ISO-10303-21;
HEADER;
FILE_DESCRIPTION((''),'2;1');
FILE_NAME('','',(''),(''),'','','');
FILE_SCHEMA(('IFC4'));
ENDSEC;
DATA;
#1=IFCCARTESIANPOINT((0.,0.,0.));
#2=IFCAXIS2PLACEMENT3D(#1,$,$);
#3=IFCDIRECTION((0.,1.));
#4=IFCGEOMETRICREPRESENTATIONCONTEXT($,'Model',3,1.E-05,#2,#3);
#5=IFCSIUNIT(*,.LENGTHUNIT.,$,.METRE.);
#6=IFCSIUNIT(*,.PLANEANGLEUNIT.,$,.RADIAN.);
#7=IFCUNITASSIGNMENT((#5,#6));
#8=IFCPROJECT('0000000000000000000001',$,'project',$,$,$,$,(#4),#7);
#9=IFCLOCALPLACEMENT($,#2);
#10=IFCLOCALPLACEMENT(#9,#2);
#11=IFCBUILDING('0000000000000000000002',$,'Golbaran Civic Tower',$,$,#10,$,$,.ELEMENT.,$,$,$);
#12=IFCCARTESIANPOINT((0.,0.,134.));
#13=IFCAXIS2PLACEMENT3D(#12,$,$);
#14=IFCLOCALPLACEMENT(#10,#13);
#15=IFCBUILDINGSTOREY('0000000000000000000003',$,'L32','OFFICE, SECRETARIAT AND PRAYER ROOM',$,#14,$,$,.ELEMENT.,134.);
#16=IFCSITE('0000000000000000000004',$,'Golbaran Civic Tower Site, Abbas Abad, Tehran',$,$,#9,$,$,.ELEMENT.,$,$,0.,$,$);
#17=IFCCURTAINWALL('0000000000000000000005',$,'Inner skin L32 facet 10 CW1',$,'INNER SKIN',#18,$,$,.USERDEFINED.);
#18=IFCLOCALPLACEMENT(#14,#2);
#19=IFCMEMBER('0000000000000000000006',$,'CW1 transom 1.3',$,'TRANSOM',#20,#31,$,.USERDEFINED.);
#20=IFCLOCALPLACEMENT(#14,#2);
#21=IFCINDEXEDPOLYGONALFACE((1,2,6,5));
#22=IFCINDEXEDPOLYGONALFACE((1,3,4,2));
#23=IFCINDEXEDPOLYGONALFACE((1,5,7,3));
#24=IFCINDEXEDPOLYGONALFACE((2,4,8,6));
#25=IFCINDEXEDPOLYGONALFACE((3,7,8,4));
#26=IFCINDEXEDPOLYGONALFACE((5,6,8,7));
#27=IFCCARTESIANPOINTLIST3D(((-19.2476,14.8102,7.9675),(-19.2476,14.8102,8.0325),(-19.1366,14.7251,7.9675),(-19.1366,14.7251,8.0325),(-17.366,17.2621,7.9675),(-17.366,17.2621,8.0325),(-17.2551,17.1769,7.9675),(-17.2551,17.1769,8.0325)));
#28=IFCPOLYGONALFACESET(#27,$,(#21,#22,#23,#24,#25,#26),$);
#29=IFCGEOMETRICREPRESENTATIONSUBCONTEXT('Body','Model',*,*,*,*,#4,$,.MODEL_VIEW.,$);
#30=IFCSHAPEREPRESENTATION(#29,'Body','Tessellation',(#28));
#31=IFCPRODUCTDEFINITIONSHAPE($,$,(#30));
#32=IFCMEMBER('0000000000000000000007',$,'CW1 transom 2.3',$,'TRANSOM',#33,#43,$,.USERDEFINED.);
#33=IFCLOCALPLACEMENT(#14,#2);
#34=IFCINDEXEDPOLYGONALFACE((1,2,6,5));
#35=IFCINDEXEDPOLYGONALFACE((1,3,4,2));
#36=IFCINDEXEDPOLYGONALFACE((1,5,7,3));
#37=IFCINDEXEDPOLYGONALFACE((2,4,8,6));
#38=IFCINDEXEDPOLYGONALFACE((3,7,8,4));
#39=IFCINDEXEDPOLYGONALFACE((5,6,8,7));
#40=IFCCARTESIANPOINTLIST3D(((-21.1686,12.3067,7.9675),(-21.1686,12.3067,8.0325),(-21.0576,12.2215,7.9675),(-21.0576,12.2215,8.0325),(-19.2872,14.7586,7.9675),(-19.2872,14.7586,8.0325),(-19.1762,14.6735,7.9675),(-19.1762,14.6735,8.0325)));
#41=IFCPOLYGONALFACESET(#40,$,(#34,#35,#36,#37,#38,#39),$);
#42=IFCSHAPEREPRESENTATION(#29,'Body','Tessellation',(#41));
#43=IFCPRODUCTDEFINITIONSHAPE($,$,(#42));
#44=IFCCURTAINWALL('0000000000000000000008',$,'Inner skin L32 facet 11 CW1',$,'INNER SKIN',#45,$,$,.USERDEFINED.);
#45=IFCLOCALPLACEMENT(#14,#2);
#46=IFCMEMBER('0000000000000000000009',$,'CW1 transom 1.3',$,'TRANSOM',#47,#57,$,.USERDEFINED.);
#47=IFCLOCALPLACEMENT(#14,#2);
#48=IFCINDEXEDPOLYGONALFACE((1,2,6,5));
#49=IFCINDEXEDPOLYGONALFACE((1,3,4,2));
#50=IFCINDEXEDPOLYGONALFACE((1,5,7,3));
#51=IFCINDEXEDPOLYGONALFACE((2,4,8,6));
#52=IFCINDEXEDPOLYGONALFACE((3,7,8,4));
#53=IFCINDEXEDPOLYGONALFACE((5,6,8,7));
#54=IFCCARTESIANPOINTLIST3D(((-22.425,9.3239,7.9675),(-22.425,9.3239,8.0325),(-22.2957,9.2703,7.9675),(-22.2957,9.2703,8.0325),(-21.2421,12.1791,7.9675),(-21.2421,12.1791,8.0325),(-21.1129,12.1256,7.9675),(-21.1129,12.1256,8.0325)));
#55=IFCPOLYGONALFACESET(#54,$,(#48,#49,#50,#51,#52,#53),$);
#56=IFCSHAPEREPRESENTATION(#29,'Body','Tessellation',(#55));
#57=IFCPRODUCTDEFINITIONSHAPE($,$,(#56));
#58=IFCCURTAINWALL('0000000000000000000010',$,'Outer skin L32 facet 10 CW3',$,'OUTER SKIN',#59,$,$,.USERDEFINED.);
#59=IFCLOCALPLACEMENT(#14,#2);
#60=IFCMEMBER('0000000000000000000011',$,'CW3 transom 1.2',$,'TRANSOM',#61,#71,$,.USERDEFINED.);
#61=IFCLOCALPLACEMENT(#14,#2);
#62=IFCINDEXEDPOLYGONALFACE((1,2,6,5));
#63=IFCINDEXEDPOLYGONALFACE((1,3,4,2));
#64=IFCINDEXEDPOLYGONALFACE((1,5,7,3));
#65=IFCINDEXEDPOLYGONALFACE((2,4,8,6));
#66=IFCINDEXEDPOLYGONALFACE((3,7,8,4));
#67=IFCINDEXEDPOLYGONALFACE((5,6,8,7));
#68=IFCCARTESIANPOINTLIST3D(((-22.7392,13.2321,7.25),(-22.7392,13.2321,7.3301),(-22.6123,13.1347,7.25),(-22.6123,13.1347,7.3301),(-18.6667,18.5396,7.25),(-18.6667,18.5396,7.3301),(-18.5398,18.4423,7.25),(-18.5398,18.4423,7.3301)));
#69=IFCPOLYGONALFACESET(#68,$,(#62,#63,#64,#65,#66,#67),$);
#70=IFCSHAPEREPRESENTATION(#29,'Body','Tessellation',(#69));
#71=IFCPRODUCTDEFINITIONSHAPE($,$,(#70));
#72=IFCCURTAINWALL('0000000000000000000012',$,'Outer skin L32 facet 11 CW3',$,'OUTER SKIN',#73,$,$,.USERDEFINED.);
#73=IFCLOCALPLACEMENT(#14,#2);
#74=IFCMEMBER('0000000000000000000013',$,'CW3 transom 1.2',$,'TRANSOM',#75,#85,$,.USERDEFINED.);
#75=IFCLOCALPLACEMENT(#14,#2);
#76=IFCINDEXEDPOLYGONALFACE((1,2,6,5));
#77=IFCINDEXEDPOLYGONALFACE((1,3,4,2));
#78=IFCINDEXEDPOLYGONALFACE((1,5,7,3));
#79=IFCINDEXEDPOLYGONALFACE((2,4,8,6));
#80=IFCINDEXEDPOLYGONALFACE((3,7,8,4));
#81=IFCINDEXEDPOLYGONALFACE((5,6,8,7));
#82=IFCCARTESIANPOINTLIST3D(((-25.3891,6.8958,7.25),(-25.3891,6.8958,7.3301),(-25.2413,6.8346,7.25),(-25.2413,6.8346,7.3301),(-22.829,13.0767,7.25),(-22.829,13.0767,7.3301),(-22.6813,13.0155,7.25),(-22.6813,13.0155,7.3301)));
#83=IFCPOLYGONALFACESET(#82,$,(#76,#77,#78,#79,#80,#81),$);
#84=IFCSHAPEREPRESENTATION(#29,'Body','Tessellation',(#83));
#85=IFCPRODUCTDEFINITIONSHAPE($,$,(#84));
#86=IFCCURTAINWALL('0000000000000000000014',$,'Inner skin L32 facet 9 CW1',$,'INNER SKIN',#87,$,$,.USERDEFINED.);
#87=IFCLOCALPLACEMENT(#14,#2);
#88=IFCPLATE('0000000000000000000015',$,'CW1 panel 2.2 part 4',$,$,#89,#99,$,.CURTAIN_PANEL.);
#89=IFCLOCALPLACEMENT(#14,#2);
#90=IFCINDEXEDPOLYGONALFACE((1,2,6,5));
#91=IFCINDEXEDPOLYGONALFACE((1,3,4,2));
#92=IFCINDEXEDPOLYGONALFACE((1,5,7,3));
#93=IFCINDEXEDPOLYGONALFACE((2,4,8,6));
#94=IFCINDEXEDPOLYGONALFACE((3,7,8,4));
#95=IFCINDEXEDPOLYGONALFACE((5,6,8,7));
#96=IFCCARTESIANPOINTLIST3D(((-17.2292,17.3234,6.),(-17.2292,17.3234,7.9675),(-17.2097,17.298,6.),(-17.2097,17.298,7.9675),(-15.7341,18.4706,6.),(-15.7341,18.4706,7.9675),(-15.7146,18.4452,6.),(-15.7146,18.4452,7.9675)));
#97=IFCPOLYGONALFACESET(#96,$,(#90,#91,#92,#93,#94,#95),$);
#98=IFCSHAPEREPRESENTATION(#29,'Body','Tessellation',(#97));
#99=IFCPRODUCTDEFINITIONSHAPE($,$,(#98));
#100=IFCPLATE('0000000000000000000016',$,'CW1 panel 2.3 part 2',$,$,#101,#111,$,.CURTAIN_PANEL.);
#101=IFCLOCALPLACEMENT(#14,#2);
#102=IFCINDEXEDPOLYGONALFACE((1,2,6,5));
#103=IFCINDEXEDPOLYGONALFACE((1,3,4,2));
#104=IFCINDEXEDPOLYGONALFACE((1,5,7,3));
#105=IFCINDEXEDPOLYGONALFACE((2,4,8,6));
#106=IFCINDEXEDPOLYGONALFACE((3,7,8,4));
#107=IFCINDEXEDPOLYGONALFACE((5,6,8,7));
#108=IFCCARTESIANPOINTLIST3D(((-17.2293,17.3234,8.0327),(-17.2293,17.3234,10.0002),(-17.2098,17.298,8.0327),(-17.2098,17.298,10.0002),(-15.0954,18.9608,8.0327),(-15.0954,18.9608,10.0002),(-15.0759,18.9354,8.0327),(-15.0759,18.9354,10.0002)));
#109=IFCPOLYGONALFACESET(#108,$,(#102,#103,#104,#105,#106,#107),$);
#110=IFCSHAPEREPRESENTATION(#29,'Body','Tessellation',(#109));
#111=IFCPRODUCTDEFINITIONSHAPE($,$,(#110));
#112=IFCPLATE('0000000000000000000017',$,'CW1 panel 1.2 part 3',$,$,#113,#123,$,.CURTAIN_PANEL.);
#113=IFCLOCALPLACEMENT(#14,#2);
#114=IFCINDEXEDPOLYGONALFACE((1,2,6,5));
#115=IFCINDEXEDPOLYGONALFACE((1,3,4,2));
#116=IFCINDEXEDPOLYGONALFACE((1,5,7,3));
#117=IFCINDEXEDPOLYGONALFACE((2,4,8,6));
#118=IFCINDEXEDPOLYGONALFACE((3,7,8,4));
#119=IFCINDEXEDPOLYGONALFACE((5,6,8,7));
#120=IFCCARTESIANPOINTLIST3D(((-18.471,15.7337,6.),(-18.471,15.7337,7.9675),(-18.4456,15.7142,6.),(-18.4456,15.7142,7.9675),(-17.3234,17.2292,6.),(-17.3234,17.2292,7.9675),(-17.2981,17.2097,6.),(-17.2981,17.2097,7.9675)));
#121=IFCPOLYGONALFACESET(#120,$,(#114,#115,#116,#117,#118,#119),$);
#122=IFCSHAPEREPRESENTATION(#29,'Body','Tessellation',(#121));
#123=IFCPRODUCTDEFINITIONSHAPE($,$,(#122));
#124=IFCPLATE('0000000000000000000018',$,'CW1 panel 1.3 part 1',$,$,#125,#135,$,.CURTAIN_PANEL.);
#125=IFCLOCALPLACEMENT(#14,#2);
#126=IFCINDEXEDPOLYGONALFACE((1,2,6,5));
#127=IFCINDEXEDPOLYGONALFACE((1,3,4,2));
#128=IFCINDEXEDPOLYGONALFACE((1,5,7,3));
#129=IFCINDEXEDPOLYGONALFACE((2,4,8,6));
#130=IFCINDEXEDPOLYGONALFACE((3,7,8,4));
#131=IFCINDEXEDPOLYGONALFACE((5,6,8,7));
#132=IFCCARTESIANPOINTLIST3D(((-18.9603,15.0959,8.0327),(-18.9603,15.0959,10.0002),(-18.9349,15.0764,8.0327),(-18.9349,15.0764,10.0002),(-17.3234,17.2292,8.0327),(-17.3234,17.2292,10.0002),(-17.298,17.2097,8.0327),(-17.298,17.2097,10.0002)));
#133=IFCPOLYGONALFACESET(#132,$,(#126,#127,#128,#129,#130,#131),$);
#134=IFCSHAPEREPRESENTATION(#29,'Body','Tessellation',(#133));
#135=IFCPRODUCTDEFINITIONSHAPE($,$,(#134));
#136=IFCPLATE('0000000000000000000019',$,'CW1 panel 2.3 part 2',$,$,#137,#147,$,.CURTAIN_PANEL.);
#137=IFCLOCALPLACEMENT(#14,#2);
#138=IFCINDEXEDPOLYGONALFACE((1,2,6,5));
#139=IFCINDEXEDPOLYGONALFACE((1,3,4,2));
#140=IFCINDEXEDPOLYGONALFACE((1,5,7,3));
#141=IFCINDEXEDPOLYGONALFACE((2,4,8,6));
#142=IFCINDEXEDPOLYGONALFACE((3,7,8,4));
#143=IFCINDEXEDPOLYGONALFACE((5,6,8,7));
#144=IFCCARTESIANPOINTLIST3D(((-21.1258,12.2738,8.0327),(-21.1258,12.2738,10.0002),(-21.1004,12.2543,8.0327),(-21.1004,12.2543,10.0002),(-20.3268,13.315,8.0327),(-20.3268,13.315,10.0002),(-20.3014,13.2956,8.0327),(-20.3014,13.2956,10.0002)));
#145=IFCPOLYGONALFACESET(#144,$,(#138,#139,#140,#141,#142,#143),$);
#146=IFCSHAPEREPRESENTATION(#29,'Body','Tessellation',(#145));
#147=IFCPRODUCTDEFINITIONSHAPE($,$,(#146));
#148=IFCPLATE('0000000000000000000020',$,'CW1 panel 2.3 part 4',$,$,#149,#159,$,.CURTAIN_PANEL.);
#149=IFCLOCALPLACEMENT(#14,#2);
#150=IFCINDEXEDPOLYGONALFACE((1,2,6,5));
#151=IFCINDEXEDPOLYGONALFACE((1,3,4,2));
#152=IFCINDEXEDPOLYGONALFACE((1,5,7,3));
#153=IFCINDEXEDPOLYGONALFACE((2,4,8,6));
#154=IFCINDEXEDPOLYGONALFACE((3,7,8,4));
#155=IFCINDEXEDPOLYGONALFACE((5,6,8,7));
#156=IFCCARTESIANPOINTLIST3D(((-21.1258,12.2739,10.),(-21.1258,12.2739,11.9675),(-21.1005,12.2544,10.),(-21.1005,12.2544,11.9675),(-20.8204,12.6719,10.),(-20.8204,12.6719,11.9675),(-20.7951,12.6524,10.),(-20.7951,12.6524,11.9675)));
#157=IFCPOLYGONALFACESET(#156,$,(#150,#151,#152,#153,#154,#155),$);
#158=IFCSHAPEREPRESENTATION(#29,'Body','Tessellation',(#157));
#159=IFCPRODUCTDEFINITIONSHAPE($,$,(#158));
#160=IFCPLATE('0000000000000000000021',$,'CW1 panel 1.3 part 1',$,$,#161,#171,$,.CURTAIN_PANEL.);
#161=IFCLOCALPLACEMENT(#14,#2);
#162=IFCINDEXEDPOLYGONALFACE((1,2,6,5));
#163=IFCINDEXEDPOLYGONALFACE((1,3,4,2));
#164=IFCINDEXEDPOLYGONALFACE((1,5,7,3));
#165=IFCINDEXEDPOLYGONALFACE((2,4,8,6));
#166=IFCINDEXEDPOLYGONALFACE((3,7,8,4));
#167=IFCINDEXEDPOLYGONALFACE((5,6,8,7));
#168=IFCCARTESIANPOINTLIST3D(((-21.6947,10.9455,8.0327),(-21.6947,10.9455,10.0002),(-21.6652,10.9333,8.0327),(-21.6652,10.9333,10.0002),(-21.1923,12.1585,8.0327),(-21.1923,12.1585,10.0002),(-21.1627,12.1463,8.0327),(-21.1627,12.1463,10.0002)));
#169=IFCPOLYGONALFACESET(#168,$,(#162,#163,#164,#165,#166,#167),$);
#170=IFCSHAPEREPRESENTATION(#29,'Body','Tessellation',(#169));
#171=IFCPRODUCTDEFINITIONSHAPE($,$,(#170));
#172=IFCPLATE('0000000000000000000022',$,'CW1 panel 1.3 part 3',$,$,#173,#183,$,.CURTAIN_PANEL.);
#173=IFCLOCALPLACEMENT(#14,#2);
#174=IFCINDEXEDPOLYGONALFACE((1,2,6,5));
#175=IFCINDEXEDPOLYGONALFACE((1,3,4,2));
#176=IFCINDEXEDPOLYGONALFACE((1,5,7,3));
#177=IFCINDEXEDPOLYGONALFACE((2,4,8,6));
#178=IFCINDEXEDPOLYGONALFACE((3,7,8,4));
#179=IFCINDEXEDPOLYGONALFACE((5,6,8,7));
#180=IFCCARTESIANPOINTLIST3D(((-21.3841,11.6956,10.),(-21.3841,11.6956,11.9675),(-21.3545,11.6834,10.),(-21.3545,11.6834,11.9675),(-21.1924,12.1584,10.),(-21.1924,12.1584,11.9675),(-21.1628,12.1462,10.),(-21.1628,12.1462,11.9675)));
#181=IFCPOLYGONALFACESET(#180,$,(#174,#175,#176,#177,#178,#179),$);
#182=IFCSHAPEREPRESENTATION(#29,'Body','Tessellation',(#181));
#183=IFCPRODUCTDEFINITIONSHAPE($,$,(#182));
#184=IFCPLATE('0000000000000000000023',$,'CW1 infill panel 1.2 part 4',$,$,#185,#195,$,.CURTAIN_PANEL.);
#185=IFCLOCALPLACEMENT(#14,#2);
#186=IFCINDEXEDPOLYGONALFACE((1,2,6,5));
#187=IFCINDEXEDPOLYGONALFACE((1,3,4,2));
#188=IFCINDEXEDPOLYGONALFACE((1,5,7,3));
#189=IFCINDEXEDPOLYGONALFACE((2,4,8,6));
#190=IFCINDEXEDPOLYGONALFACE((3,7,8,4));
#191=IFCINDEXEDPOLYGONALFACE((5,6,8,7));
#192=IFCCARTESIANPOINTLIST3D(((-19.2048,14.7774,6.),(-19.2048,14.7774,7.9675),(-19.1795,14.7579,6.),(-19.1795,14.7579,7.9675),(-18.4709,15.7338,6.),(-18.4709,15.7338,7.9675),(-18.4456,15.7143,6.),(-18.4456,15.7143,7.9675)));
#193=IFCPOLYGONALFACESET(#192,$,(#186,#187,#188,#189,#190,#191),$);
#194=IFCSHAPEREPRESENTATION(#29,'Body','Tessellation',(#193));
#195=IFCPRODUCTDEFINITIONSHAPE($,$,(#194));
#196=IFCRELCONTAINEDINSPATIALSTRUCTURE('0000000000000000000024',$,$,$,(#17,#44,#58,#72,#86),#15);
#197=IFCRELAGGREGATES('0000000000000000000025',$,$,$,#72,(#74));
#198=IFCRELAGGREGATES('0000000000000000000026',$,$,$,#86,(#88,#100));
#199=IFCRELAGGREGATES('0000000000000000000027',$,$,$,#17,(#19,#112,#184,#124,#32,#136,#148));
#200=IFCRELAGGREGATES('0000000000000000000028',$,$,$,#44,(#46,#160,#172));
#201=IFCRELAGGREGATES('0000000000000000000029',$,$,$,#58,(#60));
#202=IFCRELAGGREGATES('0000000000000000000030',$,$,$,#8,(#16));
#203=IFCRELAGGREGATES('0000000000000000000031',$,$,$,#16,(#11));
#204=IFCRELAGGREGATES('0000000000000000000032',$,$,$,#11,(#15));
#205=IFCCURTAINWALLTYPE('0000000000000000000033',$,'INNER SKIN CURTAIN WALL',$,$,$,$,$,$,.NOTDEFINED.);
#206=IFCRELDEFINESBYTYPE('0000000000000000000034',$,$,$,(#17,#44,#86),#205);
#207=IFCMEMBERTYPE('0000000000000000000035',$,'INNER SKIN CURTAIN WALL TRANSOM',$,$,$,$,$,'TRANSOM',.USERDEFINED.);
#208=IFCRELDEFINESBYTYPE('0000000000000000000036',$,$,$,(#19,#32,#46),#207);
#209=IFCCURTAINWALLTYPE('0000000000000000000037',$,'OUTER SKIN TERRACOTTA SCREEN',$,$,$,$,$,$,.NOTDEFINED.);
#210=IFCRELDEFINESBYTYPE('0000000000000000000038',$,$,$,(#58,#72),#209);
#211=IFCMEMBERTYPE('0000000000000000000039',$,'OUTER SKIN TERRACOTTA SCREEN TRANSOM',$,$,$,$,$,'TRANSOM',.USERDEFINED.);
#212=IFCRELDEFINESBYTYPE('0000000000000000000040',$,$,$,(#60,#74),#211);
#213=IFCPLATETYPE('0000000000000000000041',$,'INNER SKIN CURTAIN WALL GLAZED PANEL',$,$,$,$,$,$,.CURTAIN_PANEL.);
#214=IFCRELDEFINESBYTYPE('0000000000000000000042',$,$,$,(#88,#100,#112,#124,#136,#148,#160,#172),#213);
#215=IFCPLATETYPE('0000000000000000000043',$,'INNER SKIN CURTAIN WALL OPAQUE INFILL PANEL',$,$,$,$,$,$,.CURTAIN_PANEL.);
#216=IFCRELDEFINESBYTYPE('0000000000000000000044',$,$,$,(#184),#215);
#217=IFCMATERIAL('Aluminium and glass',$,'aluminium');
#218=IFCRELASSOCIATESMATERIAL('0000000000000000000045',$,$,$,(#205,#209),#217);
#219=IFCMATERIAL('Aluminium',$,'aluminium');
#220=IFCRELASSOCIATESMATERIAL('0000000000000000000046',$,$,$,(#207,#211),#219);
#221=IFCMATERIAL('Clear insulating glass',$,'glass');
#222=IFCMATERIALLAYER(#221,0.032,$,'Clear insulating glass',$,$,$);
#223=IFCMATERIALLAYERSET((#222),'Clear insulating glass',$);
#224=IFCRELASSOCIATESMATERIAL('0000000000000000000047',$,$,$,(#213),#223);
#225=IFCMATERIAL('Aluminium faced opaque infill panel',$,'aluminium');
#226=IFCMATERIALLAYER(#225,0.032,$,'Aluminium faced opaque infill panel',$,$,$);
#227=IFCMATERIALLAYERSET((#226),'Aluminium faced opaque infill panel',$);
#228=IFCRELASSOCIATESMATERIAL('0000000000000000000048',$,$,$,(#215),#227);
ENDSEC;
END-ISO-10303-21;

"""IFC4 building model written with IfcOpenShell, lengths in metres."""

from ifc_helpers import new_model, si_unit, direction, frame, origin, origin_2d, place, context, subcontext, project, spatial, rectangle, extrude, material, layer, layer_set, material_profile, profile_set, type_object, element, aggregate, save


model = new_model("IFC4")

# Units and contexts
model_context = context("Model", 3, precision=1e-05, world=origin(), true_north=direction((0.0, 1.0)))
body_context = subcontext(model_context, "Body", "Model", "MODEL_VIEW")
ifc_project = project(units=[si_unit("LENGTHUNIT", "METRE"), si_unit("PLANEANGLEUNIT", "RADIAN")], contexts=[model_context])

# Site, building, storey
site_placement = place(None, origin())
site = spatial("IfcSite", under=ifc_project, at=site_placement, Name="Golbaran Civic Tower Site, Abbas Abad, Tehran", CompositionType="ELEMENT", RefElevation=0.0)
building_placement = place(site_placement, origin())
building = spatial("IfcBuilding", under=site, at=building_placement, Name="Golbaran Civic Tower", CompositionType="ELEMENT")
storey_placement = place(building_placement, frame((0.0, 0.0, 134.0)))
storey = spatial("IfcBuildingStorey", under=building, at=storey_placement, Name="L32", Description="OFFICE, SECRETARIAT AND PRAYER ROOM", CompositionType="ELEMENT", Elevation=134.0)

# Curtain wall, members
ifc_material_1 = material(Name="Aluminium and glass", Category="aluminium")
curtain_wall_type_1 = type_object("IfcCurtainWallType", Name="INNER SKIN CURTAIN WALL", PredefinedType="NOTDEFINED", material=ifc_material_1)
curtain_wall_1_placement = place(storey_placement, origin())
curtain_wall_1 = element("IfcCurtainWall", 1, at=curtain_wall_1_placement, inside=storey, type_object=curtain_wall_type_1, Name="Inner skin L32 facet 10 CW1", ObjectType="INNER SKIN", PredefinedType="USERDEFINED")
ifc_material_2 = material(Name="Aluminium", Category="aluminium")
ifc_material_profile_1 = material_profile(ifc_material_2, rectangle(XDim=0.1399, YDim=0.0649, at=origin_2d()), Name="INNER SKIN CURTAIN WALL TRANSOM")
ifc_profile_set_1 = profile_set([ifc_material_profile_1], Name="Aluminium")
member_type_1 = type_object("IfcMemberType", Name="INNER SKIN CURTAIN WALL TRANSOM", ElementType="TRANSOM", PredefinedType="USERDEFINED", material=ifc_profile_set_1)
member_1_placement = place(storey_placement, frame((-17.3105, 17.2195, 8.0), z_axis=(-0.608798, -0.793325, 0.0), x_axis=(0.793325, -0.608798, 0.0)))
member_1 = element("IfcMember", 2, at=member_1_placement, type_object=member_type_1, Name="CW1 transom 1.3", ObjectType="TRANSOM", PredefinedType="USERDEFINED", context=body_context, shape_type="SweptSolid", body=[
    extrude(rectangle(XDim=0.1399, YDim=0.0649, at=origin_2d()), origin(), (0.0, 0.0, 1.0), 3.0906),
])
member_2_placement = place(storey_placement, frame((-19.2317, 14.7161, 8.0), z_axis=(-0.608748, -0.793363, 0.0), x_axis=(0.793363, -0.608748, 0.0)))
member_2 = element("IfcMember", 3, at=member_2_placement, type_object=member_type_1, Name="CW1 transom 2.3", ObjectType="TRANSOM", PredefinedType="USERDEFINED", context=body_context, shape_type="SweptSolid", body=[
    extrude(rectangle(XDim=0.1399, YDim=0.0649, at=origin_2d()), origin(), (0.0, 0.0, 1.0), 3.0906),
])

# Curtain walls, members
curtain_wall_2_placement = place(storey_placement, origin())
curtain_wall_2 = element("IfcCurtainWall", 4, at=curtain_wall_2_placement, inside=storey, type_object=curtain_wall_type_1, Name="Inner skin L32 facet 11 CW1", ObjectType="INNER SKIN", PredefinedType="USERDEFINED")
member_3_placement = place(storey_placement, frame((-21.1775, 12.1523, 8.0), z_axis=(-0.382736, -0.923858, 0.0), x_axis=(0.923858, -0.382736, 0.0)))
member_3 = element("IfcMember", 5, at=member_3_placement, type_object=member_type_1, Name="CW1 transom 1.3", ObjectType="TRANSOM", PredefinedType="USERDEFINED", context=body_context, shape_type="SweptSolid", body=[
    extrude(rectangle(XDim=0.1399, YDim=0.0649, at=origin_2d()), origin(), (0.0, 0.0, 1.0), 3.0906),
])
curtain_wall_type_2 = type_object("IfcCurtainWallType", Name="OUTER SKIN TERRACOTTA SCREEN", PredefinedType="NOTDEFINED", material=ifc_material_1)
curtain_wall_3_placement = place(storey_placement, origin())
curtain_wall_3 = element("IfcCurtainWall", 6, at=curtain_wall_3_placement, inside=storey, type_object=curtain_wall_type_2, Name="Outer skin L32 facet 10 CW3", ObjectType="OUTER SKIN", PredefinedType="USERDEFINED")
ifc_material_profile_2 = material_profile(ifc_material_2, rectangle(XDim=0.1599, YDim=0.0801, at=origin_2d()), Name="OUTER SKIN TERRACOTTA SCREEN TRANSOM")
ifc_profile_set_2 = profile_set([ifc_material_profile_2], Name="Aluminium")
member_type_2 = type_object("IfcMemberType", Name="OUTER SKIN TERRACOTTA SCREEN TRANSOM", ElementType="TRANSOM", PredefinedType="USERDEFINED", material=ifc_profile_set_2)
member_4_placement = place(storey_placement, frame((-18.6033, 18.491, 7.29), z_axis=(-0.608746, -0.793365, 0.0), x_axis=(0.793365, -0.608746, 0.0)))
member_4 = element("IfcMember", 7, at=member_4_placement, type_object=member_type_2, Name="CW3 transom 1.2", ObjectType="TRANSOM", PredefinedType="USERDEFINED", context=body_context, shape_type="SweptSolid", body=[
    extrude(rectangle(XDim=0.1599, YDim=0.0801, at=origin_2d()), origin(), (0.0, 0.0, 1.0), 6.6899),
])
curtain_wall_4_placement = place(storey_placement, origin())
curtain_wall_4 = element("IfcCurtainWall", 8, at=curtain_wall_4_placement, inside=storey, type_object=curtain_wall_type_2, Name="Outer skin L32 facet 11 CW3", ObjectType="OUTER SKIN", PredefinedType="USERDEFINED")
member_5_placement = place(storey_placement, frame((-22.7551, 13.0461, 7.29), z_axis=(-0.382663, -0.923888, 0.0), x_axis=(0.923888, -0.382663, 0.0)))
member_5 = element("IfcMember", 9, at=member_5_placement, type_object=member_type_2, Name="CW3 transom 1.2", ObjectType="TRANSOM", PredefinedType="USERDEFINED", context=body_context, shape_type="SweptSolid", body=[
    extrude(rectangle(XDim=0.1599, YDim=0.0801, at=origin_2d()), origin(), (0.0, 0.0, 1.0), 6.6902),
])
aggregate(curtain_wall_4, [member_5])

# Curtain wall, plates
curtain_wall_5_placement = place(storey_placement, origin())
curtain_wall_5 = element("IfcCurtainWall", 10, at=curtain_wall_5_placement, inside=storey, type_object=curtain_wall_type_1, Name="Inner skin L32 facet 9 CW1", ObjectType="INNER SKIN", PredefinedType="USERDEFINED")
ifc_material_3 = material(Name="Clear insulating glass", Category="glass")
ifc_layer_1 = layer(ifc_material_3, 0.032, Name="Clear insulating glass")
ifc_layer_set_1 = layer_set([ifc_layer_1], Name="Clear insulating glass")
plate_type_1 = type_object("IfcPlateType", Name="INNER SKIN CURTAIN WALL GLAZED PANEL", PredefinedType="CURTAIN_PANEL", material=ifc_layer_set_1)
plate_1_placement = place(storey_placement, frame((-16.4719, 17.8843, 6.0), z_axis=(0.0, 0.0, 1.0), x_axis=(-0.793353, -0.608761, 0.0)))
plate_1 = element("IfcPlate", 11, at=plate_1_placement, type_object=plate_type_1, Name="CW1 panel 2.2 part 4", PredefinedType="CURTAIN_PANEL", context=body_context, shape_type="SweptSolid", body=[
    extrude(rectangle(XDim=1.8845, YDim=0.032, at=origin_2d()), origin(), (0.0, 0.0, 1.0), 1.9675),
])
plate_2_placement = place(storey_placement, frame((-16.1526, 18.1294, 8.0327), z_axis=(0.0, 0.0, 1.0), x_axis=(-0.793353, -0.608761, 0.0)))
plate_2 = element("IfcPlate", 12, at=plate_2_placement, type_object=plate_type_1, Name="CW1 panel 2.3 part 2", PredefinedType="CURTAIN_PANEL", context=body_context, shape_type="SweptSolid", body=[
    extrude(rectangle(XDim=2.6897, YDim=0.032, at=origin_2d()), origin(), (0.0, 0.0, 1.0), 1.9675),
])
aggregate(curtain_wall_5, [plate_1, plate_2])

# Plates
plate_3_placement = place(storey_placement, frame((-17.8845, 16.4717, 6.0), z_axis=(0.0, 0.0, 1.0), x_axis=(-0.608761, -0.793353, 0.0)))
plate_3 = element("IfcPlate", 13, at=plate_3_placement, type_object=plate_type_1, Name="CW1 panel 1.2 part 3", PredefinedType="CURTAIN_PANEL", context=body_context, shape_type="SweptSolid", body=[
    extrude(rectangle(XDim=1.885, YDim=0.032, at=origin_2d()), origin(), (0.0, 0.0, 1.0), 1.9675),
])
plate_4_placement = place(storey_placement, frame((-18.1292, 16.1528, 8.0327), z_axis=(0.0, 0.0, 1.0), x_axis=(-0.608761, -0.793353, 0.0)))
plate_4 = element("IfcPlate", 14, at=plate_4_placement, type_object=plate_type_1, Name="CW1 panel 1.3 part 1", PredefinedType="CURTAIN_PANEL", context=body_context, shape_type="SweptSolid", body=[
    extrude(rectangle(XDim=2.689, YDim=0.032, at=origin_2d()), origin(), (0.0, 0.0, 1.0), 1.9675),
])
plate_5_placement = place(storey_placement, frame((-20.7136, 12.7847, 8.0327), z_axis=(0.0, 0.0, 1.0), x_axis=(-0.608761, -0.793353, 0.0)))
plate_5 = element("IfcPlate", 15, at=plate_5_placement, type_object=plate_type_1, Name="CW1 panel 2.3 part 2", PredefinedType="CURTAIN_PANEL", context=body_context, shape_type="SweptSolid", body=[
    extrude(rectangle(XDim=1.3125, YDim=0.032, at=origin_2d()), origin(), (0.0, 0.0, 1.0), 1.9675),
])
plate_6_placement = place(storey_placement, frame((-20.9604, 12.4631, 10.0), z_axis=(0.0, 0.0, 1.0), x_axis=(-0.608761, -0.793353, 0.0)))
plate_6 = element("IfcPlate", 16, at=plate_6_placement, type_object=plate_type_1, Name="CW1 panel 2.3 part 4", PredefinedType="CURTAIN_PANEL", context=body_context, shape_type="SweptSolid", body=[
    extrude(rectangle(XDim=0.5017, YDim=0.032, at=origin_2d()), origin(), (0.0, 0.0, 1.0), 1.9675),
])
plate_7_placement = place(storey_placement, frame((-21.4287, 11.5459, 8.0327), z_axis=(0.0, 0.0, 1.0), x_axis=(-0.382683, -0.92388, 0.0)))
plate_7 = element("IfcPlate", 17, at=plate_7_placement, type_object=plate_type_1, Name="CW1 panel 1.3 part 1", PredefinedType="CURTAIN_PANEL", context=body_context, shape_type="SweptSolid", body=[
    extrude(rectangle(XDim=1.313, YDim=0.032, at=origin_2d()), origin(), (0.0, 0.0, 1.0), 1.9675),
])
plate_8_placement = place(storey_placement, frame((-21.2734, 11.9209, 10.0), z_axis=(0.0, 0.0, 1.0), x_axis=(-0.382683, -0.92388, 0.0)))
plate_8 = element("IfcPlate", 18, at=plate_8_placement, type_object=plate_type_1, Name="CW1 panel 1.3 part 3", PredefinedType="CURTAIN_PANEL", context=body_context, shape_type="SweptSolid", body=[
    extrude(rectangle(XDim=0.501, YDim=0.032, at=origin_2d()), origin(), (0.0, 0.0, 1.0), 1.9675),
])
ifc_material_4 = material(Name="Aluminium faced opaque infill panel", Category="aluminium")
ifc_layer_2 = layer(ifc_material_4, 0.032, Name="Aluminium faced opaque infill panel")
ifc_layer_set_2 = layer_set([ifc_layer_2], Name="Aluminium faced opaque infill panel")
plate_type_2 = type_object("IfcPlateType", Name="INNER SKIN CURTAIN WALL OPAQUE INFILL PANEL", PredefinedType="CURTAIN_PANEL", material=ifc_layer_set_2)
plate_9_placement = place(storey_placement, frame((-18.8252, 15.2458, 6.0), z_axis=(0.0, 0.0, 1.0), x_axis=(-0.608761, -0.793353, 0.0)))
plate_9 = element("IfcPlate", 19, at=plate_9_placement, type_object=plate_type_2, Name="CW1 infill panel 1.2 part 4", PredefinedType="CURTAIN_PANEL", context=body_context, shape_type="SweptSolid", body=[
    extrude(rectangle(XDim=1.2056, YDim=0.032, at=origin_2d()), origin(), (0.0, 0.0, 1.0), 1.9675),
])
aggregate(curtain_wall_1, [member_1, plate_3, plate_9, plate_4, member_2, plate_5, plate_6])
aggregate(curtain_wall_2, [member_3, plate_7, plate_8])
aggregate(curtain_wall_3, [member_4])

save(model, "model.ifc")
